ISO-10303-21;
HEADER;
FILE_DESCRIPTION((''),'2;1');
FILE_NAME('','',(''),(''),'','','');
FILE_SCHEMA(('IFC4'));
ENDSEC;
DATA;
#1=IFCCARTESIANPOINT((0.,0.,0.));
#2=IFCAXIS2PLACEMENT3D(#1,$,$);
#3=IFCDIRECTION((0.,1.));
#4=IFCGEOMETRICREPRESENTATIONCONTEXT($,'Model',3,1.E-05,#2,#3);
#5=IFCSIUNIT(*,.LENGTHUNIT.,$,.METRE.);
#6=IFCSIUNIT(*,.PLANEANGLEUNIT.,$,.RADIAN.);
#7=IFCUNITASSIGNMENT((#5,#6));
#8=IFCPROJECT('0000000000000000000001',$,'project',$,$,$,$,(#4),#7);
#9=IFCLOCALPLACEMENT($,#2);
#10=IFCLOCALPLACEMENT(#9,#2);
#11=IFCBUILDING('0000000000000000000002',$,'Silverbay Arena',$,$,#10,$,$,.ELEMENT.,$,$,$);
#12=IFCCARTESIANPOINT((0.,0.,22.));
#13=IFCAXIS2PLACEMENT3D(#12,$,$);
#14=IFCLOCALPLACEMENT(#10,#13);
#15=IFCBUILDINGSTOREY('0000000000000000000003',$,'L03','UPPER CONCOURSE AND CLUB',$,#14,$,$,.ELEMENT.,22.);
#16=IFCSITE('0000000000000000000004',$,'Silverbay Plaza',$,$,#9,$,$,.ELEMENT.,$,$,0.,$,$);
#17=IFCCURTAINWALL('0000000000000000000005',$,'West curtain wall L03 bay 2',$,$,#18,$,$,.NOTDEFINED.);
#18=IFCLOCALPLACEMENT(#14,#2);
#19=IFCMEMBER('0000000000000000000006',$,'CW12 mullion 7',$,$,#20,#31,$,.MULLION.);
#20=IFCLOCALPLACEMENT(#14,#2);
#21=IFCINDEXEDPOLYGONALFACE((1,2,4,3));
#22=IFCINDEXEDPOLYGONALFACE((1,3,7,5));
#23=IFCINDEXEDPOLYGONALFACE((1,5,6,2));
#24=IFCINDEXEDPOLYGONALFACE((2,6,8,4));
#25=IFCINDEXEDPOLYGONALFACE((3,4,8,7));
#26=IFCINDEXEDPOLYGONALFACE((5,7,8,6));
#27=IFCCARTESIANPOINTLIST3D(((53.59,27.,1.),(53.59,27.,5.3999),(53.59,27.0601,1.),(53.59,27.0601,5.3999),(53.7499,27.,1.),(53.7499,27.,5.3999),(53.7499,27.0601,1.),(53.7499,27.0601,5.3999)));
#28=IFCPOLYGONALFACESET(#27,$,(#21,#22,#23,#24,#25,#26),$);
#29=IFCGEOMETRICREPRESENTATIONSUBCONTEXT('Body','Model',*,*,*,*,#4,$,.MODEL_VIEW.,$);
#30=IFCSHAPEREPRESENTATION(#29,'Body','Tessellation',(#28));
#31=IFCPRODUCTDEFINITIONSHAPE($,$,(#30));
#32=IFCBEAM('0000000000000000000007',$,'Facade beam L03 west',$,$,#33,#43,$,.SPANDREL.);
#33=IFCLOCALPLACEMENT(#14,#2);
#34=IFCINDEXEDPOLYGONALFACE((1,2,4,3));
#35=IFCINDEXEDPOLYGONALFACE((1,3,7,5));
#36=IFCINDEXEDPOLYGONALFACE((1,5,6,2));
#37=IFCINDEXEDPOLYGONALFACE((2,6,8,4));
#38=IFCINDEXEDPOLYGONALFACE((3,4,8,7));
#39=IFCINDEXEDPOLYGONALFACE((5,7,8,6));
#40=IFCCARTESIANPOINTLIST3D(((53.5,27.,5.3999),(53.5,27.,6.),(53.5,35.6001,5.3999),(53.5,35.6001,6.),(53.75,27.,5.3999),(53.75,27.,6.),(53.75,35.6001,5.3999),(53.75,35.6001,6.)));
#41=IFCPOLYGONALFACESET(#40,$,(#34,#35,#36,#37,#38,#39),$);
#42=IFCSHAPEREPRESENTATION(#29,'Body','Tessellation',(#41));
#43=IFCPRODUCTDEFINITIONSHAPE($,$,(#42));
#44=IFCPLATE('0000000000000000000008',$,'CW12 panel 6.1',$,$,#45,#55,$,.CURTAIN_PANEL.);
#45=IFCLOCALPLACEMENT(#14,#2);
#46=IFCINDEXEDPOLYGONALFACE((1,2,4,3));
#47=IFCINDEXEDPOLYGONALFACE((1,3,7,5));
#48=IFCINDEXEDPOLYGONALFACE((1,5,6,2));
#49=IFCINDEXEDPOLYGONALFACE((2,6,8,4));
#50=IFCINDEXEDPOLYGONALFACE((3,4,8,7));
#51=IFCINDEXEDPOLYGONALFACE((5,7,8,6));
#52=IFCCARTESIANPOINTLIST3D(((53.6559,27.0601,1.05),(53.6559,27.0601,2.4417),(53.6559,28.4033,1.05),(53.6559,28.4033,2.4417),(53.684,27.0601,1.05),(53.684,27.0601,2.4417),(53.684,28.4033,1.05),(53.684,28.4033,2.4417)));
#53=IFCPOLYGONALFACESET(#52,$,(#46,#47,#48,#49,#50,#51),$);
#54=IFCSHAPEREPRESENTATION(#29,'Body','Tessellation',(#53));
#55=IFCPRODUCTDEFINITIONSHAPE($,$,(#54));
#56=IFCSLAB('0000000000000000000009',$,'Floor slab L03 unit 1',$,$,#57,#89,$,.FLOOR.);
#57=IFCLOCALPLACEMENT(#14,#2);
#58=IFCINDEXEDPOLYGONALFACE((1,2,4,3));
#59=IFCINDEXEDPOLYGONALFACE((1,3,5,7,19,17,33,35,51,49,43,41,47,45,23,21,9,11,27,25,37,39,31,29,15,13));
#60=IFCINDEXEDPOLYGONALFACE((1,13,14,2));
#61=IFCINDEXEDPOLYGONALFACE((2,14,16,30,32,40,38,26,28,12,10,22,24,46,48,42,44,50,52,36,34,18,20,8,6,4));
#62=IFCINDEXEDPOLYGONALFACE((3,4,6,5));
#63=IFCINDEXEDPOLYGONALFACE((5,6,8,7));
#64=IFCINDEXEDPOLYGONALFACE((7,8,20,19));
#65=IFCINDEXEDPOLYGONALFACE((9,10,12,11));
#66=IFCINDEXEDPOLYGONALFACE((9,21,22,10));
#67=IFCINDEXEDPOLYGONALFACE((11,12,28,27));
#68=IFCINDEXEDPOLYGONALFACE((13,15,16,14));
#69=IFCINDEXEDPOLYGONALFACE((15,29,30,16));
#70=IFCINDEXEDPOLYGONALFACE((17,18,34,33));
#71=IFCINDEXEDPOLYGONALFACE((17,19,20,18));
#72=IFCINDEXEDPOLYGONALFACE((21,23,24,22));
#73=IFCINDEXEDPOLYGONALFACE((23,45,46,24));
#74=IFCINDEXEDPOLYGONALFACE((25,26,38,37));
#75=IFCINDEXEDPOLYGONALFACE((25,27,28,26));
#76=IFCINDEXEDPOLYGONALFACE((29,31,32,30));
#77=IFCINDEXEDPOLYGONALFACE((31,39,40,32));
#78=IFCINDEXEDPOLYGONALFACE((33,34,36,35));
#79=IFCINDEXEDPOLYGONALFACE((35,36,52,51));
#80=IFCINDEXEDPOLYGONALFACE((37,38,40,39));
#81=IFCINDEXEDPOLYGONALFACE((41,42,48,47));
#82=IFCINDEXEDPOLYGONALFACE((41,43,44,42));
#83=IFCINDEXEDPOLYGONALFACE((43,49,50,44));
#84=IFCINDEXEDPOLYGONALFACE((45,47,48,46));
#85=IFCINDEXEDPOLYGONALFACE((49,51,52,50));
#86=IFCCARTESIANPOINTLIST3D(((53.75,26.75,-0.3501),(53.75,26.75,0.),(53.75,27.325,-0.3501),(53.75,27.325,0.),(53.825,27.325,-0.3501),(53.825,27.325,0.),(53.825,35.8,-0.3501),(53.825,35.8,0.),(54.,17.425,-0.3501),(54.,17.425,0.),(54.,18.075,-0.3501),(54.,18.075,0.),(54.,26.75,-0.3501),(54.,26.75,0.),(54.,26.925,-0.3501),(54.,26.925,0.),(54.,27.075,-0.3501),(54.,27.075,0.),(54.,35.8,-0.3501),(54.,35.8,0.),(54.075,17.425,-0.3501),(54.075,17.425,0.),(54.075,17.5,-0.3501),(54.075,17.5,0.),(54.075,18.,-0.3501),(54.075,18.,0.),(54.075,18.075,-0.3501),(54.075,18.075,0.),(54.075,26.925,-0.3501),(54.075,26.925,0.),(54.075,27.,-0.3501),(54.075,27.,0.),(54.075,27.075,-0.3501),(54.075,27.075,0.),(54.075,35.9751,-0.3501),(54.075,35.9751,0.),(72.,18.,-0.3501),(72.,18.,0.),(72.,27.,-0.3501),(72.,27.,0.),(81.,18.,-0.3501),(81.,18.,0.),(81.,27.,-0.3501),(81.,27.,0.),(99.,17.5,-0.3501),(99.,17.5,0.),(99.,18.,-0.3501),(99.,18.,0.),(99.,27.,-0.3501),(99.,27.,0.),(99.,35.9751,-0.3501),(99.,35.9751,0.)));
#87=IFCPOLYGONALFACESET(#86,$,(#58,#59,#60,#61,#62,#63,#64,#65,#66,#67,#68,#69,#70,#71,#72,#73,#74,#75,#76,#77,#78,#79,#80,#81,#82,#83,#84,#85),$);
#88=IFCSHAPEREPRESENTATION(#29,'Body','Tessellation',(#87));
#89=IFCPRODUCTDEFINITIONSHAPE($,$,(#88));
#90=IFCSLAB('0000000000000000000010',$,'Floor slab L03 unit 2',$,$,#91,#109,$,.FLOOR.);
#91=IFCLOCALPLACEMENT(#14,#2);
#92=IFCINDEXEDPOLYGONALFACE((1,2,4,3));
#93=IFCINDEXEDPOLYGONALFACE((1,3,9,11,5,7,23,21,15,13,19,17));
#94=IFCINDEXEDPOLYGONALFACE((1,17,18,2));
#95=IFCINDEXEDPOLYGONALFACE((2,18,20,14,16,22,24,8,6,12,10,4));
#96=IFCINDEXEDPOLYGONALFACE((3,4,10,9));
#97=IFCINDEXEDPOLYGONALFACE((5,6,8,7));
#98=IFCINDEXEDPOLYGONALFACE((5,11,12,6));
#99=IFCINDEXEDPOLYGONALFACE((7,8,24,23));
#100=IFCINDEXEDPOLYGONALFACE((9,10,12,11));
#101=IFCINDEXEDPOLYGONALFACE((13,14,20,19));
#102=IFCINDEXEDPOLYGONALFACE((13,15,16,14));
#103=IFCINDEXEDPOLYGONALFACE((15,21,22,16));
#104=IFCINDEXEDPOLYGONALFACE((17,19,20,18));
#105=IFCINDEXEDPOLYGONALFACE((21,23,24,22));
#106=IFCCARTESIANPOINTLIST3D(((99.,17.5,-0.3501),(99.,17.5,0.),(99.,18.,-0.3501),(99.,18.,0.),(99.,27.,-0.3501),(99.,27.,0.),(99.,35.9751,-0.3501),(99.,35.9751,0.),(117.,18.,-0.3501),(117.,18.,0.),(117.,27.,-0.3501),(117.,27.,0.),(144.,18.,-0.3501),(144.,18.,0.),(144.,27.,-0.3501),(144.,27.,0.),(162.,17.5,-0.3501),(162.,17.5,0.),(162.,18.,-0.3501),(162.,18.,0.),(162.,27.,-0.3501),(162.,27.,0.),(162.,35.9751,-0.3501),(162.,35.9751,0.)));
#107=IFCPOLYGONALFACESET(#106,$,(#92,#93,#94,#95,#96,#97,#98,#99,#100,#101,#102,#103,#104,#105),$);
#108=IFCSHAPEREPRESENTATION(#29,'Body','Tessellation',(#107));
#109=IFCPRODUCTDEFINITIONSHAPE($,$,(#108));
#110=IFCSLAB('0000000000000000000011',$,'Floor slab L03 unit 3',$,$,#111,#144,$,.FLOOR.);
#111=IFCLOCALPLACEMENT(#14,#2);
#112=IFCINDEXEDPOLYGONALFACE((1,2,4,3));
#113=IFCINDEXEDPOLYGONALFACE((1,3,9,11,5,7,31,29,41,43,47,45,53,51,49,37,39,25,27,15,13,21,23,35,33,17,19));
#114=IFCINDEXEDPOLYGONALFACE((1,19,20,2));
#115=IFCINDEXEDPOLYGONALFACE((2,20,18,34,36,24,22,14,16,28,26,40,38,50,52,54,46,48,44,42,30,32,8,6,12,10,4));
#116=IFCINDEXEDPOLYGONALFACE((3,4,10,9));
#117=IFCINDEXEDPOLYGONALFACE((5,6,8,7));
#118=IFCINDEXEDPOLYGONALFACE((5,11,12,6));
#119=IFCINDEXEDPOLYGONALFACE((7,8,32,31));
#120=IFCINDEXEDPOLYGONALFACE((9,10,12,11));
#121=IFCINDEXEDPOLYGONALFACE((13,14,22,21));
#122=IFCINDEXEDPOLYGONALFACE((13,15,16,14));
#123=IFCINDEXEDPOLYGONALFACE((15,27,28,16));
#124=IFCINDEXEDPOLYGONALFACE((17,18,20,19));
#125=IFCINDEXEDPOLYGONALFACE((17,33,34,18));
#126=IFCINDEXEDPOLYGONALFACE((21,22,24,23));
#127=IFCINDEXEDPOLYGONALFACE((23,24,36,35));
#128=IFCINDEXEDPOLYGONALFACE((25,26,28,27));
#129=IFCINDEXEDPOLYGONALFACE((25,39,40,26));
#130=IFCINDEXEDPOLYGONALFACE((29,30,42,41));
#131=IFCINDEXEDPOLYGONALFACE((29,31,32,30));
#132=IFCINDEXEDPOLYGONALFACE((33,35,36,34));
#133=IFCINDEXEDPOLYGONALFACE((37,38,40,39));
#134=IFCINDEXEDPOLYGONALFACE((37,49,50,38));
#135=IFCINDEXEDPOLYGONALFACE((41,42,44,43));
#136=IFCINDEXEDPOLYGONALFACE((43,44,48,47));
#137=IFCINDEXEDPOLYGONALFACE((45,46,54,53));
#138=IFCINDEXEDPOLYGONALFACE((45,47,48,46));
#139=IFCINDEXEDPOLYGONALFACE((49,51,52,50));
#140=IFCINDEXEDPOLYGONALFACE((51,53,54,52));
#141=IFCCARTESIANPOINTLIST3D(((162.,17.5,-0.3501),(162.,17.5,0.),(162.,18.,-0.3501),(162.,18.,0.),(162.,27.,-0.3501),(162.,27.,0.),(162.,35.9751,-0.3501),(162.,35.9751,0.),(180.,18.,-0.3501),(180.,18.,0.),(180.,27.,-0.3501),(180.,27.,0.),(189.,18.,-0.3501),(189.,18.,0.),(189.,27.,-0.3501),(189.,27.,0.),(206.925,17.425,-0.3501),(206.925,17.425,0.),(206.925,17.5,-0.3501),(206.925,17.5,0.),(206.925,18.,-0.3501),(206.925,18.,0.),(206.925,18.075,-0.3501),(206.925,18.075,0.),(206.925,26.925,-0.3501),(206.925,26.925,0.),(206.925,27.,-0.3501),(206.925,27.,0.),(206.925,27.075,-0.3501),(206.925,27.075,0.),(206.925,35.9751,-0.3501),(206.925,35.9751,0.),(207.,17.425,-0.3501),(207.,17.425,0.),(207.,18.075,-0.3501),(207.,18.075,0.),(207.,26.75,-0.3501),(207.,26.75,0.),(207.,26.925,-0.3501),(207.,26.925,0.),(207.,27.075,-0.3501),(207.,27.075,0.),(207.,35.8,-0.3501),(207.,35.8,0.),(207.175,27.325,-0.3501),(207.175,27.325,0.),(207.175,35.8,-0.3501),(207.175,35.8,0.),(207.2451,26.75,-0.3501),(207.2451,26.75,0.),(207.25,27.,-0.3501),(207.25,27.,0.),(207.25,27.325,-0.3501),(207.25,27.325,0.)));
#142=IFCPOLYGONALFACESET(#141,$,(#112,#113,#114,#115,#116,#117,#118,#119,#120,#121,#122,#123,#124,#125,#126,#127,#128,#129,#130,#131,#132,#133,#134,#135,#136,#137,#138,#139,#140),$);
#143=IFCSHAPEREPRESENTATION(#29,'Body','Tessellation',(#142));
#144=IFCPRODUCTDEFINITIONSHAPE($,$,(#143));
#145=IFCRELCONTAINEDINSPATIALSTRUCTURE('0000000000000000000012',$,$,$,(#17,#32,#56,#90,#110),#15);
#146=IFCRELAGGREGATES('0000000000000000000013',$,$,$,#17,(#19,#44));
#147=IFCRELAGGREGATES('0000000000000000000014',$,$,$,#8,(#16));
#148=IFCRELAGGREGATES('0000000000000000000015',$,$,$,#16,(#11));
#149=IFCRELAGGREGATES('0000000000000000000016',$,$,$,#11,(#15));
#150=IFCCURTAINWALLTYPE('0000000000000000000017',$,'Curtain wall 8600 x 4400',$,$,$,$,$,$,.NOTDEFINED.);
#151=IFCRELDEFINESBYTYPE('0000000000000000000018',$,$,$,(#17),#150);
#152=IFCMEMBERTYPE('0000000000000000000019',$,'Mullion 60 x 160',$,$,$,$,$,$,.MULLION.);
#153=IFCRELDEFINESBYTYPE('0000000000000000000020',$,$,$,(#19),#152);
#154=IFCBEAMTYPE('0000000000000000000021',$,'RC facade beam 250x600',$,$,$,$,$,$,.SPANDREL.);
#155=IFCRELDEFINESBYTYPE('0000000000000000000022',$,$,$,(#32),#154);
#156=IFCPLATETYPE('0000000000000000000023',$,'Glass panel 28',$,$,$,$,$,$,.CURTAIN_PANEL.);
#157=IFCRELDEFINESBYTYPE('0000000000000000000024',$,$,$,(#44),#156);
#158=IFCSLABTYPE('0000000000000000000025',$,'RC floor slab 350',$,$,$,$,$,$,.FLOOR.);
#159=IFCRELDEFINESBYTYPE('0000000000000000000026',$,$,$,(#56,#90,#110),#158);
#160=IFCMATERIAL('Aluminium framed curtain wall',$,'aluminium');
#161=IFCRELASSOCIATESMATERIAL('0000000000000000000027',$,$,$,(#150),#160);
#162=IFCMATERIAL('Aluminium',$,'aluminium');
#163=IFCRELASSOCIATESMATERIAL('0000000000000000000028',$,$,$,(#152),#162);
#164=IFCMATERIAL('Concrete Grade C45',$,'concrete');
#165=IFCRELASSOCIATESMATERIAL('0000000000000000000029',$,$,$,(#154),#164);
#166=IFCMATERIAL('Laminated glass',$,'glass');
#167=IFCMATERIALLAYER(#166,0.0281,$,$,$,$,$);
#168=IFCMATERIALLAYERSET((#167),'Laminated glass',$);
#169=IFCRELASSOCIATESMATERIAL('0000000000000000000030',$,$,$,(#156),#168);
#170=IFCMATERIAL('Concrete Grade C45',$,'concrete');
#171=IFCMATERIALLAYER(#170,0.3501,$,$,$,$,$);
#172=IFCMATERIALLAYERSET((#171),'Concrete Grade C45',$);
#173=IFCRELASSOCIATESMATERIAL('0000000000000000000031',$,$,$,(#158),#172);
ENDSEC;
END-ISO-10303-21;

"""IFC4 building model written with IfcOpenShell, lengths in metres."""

from ifc_helpers import new_model, si_unit, direction, frame, origin, origin_2d, place, context, subcontext, project, spatial, polyline, rectangle, outline, extrude, material, layer, layer_set, material_profile, profile_set, type_object, element, aggregate, save


model = new_model("IFC4")

# Units and contexts
model_context = context("Model", 3, precision=1e-05, world=origin(), true_north=direction((0.0, 1.0)))
body_context = subcontext(model_context, "Body", "Model", "MODEL_VIEW")
ifc_project = project(units=[si_unit("LENGTHUNIT", "METRE"), si_unit("PLANEANGLEUNIT", "RADIAN")], contexts=[model_context])

# Site, building, storey
site_placement = place(None, origin())
site = spatial("IfcSite", under=ifc_project, at=site_placement, Name="Silverbay Plaza", CompositionType="ELEMENT", RefElevation=0.0)
building_placement = place(site_placement, origin())
building = spatial("IfcBuilding", under=site, at=building_placement, Name="Silverbay Arena", CompositionType="ELEMENT")
storey_placement = place(building_placement, frame((0.0, 0.0, 22.0)))
storey = spatial("IfcBuildingStorey", under=building, at=storey_placement, Name="L03", Description="UPPER CONCOURSE AND CLUB", CompositionType="ELEMENT", Elevation=22.0)

# Curtain wall, member
ifc_material_1 = material(Name="Aluminium framed curtain wall", Category="aluminium")
curtain_wall_type = type_object("IfcCurtainWallType", Name="Curtain wall 8600 x 4400", PredefinedType="NOTDEFINED", material=ifc_material_1)
curtain_wall_placement = place(storey_placement, origin())
curtain_wall = element("IfcCurtainWall", 1, at=curtain_wall_placement, inside=storey, type_object=curtain_wall_type, Name="West curtain wall L03 bay 2", PredefinedType="NOTDEFINED")
ifc_material_2 = material(Name="Aluminium", Category="aluminium")
ifc_material_profile_1 = material_profile(ifc_material_2, rectangle(XDim=0.1599, YDim=0.0601, at=origin_2d()), Name="Mullion 60 x 160")
ifc_profile_set_1 = profile_set([ifc_material_profile_1], Name="Aluminium")
member_type = type_object("IfcMemberType", Name="Mullion 60 x 160", PredefinedType="MULLION", material=ifc_profile_set_1)
member_placement = place(storey_placement, frame((53.6699, 27.03, 1.0), z_axis=(0.0, 0.0, 1.0), x_axis=(1.0, 0.0, 0.0)))
member = element("IfcMember", 2, at=member_placement, type_object=member_type, Name="CW12 mullion 7", PredefinedType="MULLION", context=body_context, shape_type="SweptSolid", body=[
    extrude(rectangle(XDim=0.1599, YDim=0.0601, at=origin_2d()), origin(), (0.0, 0.0, 1.0), 4.3999),
])

# Beam
ifc_material_3 = material(Name="Concrete Grade C45", Category="concrete")
ifc_material_profile_2 = material_profile(ifc_material_3, rectangle(XDim=0.25, YDim=0.6001, at=origin_2d()), Name="RC 250x600")
ifc_profile_set_2 = profile_set([ifc_material_profile_2], Name="Concrete Grade C45")
beam_type = type_object("IfcBeamType", Name="RC facade beam 250x600", PredefinedType="SPANDREL", material=ifc_profile_set_2)
beam_placement = place(storey_placement, frame((53.625, 27.0, 5.7), z_axis=(0.0, 1.0, 0.0), x_axis=(-1.0, 0.0, 0.0)))
element("IfcBeam", 3, at=beam_placement, inside=storey, type_object=beam_type, Name="Facade beam L03 west", PredefinedType="SPANDREL", context=body_context, shape_type="SweptSolid", body=[
    extrude(rectangle(XDim=0.25, YDim=0.6001, at=origin_2d()), origin(), (0.0, 0.0, 1.0), 8.6001),
])

# Plate
ifc_material_4 = material(Name="Laminated glass", Category="glass")
ifc_layer_1 = layer(ifc_material_4, 0.0281)
ifc_layer_set_1 = layer_set([ifc_layer_1], Name="Laminated glass")
plate_type = type_object("IfcPlateType", Name="Glass panel 28", PredefinedType="CURTAIN_PANEL", material=ifc_layer_set_1)
plate_placement = place(storey_placement, frame((53.6699, 27.7317, 1.05), z_axis=(0.0, 0.0, 1.0), x_axis=(0.0, -1.0, 0.0)))
plate = element("IfcPlate", 4, at=plate_placement, type_object=plate_type, Name="CW12 panel 6.1", PredefinedType="CURTAIN_PANEL", context=body_context, shape_type="SweptSolid", body=[
    extrude(rectangle(XDim=1.3433, YDim=0.0281, at=origin_2d()), origin(), (0.0, 0.0, 1.0), 1.3916),
])
aggregate(curtain_wall, [member, plate])

# Slabs
ifc_material_5 = material(Name="Concrete Grade C45", Category="concrete")
ifc_layer_2 = layer(ifc_material_5, 0.3501)
ifc_layer_set_2 = layer_set([ifc_layer_2], Name="Concrete Grade C45")
slab_type_1 = type_object("IfcSlabType", Name="RC floor slab 350", PredefinedType="FLOOR", material=ifc_layer_set_2)
slab_1_placement = place(storey_placement, frame((0.0, 0.0, -0.3501)))
element("IfcSlab", 5, at=slab_1_placement, inside=storey, type_object=slab_type_1, Name="Floor slab L03 unit 1", PredefinedType="FLOOR", context=body_context, shape_type="SweptSolid", body=[
    extrude(outline(polyline([(54.0, 18.075), (54.075, 18.075), (54.075, 18.0), (72.0, 18.0), (72.0, 27.0), (54.075, 27.0), (54.075, 26.925), (54.0, 26.925), (54.0, 26.75), (53.75, 26.75), (53.75, 27.325), (53.825, 27.325), (53.825, 35.8), (54.0, 35.8), (54.0, 27.075), (54.075, 27.075), (54.075, 35.9751), (99.0, 35.9751), (99.0, 27.0), (81.0, 27.0), (81.0, 18.0), (99.0, 18.0), (99.0, 17.5), (54.075, 17.5), (54.075, 17.425), (54.0, 17.425), (54.0, 18.075)])), origin(), (0.0, 0.0, 1.0), 0.3501),
])
slab_2_placement = place(storey_placement, frame((0.0, 0.0, -0.3501)))
element("IfcSlab", 6, at=slab_2_placement, inside=storey, type_object=slab_type_1, Name="Floor slab L03 unit 2", PredefinedType="FLOOR", context=body_context, shape_type="SweptSolid", body=[
    extrude(outline(polyline([(99.0, 27.0), (99.0, 35.9751), (162.0, 35.9751), (162.0, 27.0), (144.0, 27.0), (144.0, 18.0), (162.0, 18.0), (162.0, 17.5), (99.0, 17.5), (99.0, 18.0), (117.0, 18.0), (117.0, 27.0), (99.0, 27.0)])), origin(), (0.0, 0.0, 1.0), 0.3501),
])
slab_3_placement = place(storey_placement, frame((0.0, 0.0, -0.3501)))
element("IfcSlab", 7, at=slab_3_placement, inside=storey, type_object=slab_type_1, Name="Floor slab L03 unit 3", PredefinedType="FLOOR", context=body_context, shape_type="SweptSolid", body=[
    extrude(outline(polyline([(207.0, 17.425), (206.925, 17.425), (206.925, 17.5), (162.0, 17.5), (162.0, 18.0), (180.0, 18.0), (180.0, 27.0), (162.0, 27.0), (162.0, 35.9751), (206.925, 35.9751), (206.925, 27.075), (207.0, 27.075), (207.0, 35.8), (207.175, 35.8), (207.175, 27.325), (207.25, 27.325), (207.25, 27.0), (207.2451, 26.75), (207.0, 26.75), (207.0, 26.925), (206.925, 26.925), (206.925, 27.0), (189.0, 27.0), (189.0, 18.0), (206.925, 18.0), (206.925, 18.075), (207.0, 18.075), (207.0, 17.425)])), origin(), (0.0, 0.0, 1.0), 0.3501),
])

save(model, "model.ifc")
